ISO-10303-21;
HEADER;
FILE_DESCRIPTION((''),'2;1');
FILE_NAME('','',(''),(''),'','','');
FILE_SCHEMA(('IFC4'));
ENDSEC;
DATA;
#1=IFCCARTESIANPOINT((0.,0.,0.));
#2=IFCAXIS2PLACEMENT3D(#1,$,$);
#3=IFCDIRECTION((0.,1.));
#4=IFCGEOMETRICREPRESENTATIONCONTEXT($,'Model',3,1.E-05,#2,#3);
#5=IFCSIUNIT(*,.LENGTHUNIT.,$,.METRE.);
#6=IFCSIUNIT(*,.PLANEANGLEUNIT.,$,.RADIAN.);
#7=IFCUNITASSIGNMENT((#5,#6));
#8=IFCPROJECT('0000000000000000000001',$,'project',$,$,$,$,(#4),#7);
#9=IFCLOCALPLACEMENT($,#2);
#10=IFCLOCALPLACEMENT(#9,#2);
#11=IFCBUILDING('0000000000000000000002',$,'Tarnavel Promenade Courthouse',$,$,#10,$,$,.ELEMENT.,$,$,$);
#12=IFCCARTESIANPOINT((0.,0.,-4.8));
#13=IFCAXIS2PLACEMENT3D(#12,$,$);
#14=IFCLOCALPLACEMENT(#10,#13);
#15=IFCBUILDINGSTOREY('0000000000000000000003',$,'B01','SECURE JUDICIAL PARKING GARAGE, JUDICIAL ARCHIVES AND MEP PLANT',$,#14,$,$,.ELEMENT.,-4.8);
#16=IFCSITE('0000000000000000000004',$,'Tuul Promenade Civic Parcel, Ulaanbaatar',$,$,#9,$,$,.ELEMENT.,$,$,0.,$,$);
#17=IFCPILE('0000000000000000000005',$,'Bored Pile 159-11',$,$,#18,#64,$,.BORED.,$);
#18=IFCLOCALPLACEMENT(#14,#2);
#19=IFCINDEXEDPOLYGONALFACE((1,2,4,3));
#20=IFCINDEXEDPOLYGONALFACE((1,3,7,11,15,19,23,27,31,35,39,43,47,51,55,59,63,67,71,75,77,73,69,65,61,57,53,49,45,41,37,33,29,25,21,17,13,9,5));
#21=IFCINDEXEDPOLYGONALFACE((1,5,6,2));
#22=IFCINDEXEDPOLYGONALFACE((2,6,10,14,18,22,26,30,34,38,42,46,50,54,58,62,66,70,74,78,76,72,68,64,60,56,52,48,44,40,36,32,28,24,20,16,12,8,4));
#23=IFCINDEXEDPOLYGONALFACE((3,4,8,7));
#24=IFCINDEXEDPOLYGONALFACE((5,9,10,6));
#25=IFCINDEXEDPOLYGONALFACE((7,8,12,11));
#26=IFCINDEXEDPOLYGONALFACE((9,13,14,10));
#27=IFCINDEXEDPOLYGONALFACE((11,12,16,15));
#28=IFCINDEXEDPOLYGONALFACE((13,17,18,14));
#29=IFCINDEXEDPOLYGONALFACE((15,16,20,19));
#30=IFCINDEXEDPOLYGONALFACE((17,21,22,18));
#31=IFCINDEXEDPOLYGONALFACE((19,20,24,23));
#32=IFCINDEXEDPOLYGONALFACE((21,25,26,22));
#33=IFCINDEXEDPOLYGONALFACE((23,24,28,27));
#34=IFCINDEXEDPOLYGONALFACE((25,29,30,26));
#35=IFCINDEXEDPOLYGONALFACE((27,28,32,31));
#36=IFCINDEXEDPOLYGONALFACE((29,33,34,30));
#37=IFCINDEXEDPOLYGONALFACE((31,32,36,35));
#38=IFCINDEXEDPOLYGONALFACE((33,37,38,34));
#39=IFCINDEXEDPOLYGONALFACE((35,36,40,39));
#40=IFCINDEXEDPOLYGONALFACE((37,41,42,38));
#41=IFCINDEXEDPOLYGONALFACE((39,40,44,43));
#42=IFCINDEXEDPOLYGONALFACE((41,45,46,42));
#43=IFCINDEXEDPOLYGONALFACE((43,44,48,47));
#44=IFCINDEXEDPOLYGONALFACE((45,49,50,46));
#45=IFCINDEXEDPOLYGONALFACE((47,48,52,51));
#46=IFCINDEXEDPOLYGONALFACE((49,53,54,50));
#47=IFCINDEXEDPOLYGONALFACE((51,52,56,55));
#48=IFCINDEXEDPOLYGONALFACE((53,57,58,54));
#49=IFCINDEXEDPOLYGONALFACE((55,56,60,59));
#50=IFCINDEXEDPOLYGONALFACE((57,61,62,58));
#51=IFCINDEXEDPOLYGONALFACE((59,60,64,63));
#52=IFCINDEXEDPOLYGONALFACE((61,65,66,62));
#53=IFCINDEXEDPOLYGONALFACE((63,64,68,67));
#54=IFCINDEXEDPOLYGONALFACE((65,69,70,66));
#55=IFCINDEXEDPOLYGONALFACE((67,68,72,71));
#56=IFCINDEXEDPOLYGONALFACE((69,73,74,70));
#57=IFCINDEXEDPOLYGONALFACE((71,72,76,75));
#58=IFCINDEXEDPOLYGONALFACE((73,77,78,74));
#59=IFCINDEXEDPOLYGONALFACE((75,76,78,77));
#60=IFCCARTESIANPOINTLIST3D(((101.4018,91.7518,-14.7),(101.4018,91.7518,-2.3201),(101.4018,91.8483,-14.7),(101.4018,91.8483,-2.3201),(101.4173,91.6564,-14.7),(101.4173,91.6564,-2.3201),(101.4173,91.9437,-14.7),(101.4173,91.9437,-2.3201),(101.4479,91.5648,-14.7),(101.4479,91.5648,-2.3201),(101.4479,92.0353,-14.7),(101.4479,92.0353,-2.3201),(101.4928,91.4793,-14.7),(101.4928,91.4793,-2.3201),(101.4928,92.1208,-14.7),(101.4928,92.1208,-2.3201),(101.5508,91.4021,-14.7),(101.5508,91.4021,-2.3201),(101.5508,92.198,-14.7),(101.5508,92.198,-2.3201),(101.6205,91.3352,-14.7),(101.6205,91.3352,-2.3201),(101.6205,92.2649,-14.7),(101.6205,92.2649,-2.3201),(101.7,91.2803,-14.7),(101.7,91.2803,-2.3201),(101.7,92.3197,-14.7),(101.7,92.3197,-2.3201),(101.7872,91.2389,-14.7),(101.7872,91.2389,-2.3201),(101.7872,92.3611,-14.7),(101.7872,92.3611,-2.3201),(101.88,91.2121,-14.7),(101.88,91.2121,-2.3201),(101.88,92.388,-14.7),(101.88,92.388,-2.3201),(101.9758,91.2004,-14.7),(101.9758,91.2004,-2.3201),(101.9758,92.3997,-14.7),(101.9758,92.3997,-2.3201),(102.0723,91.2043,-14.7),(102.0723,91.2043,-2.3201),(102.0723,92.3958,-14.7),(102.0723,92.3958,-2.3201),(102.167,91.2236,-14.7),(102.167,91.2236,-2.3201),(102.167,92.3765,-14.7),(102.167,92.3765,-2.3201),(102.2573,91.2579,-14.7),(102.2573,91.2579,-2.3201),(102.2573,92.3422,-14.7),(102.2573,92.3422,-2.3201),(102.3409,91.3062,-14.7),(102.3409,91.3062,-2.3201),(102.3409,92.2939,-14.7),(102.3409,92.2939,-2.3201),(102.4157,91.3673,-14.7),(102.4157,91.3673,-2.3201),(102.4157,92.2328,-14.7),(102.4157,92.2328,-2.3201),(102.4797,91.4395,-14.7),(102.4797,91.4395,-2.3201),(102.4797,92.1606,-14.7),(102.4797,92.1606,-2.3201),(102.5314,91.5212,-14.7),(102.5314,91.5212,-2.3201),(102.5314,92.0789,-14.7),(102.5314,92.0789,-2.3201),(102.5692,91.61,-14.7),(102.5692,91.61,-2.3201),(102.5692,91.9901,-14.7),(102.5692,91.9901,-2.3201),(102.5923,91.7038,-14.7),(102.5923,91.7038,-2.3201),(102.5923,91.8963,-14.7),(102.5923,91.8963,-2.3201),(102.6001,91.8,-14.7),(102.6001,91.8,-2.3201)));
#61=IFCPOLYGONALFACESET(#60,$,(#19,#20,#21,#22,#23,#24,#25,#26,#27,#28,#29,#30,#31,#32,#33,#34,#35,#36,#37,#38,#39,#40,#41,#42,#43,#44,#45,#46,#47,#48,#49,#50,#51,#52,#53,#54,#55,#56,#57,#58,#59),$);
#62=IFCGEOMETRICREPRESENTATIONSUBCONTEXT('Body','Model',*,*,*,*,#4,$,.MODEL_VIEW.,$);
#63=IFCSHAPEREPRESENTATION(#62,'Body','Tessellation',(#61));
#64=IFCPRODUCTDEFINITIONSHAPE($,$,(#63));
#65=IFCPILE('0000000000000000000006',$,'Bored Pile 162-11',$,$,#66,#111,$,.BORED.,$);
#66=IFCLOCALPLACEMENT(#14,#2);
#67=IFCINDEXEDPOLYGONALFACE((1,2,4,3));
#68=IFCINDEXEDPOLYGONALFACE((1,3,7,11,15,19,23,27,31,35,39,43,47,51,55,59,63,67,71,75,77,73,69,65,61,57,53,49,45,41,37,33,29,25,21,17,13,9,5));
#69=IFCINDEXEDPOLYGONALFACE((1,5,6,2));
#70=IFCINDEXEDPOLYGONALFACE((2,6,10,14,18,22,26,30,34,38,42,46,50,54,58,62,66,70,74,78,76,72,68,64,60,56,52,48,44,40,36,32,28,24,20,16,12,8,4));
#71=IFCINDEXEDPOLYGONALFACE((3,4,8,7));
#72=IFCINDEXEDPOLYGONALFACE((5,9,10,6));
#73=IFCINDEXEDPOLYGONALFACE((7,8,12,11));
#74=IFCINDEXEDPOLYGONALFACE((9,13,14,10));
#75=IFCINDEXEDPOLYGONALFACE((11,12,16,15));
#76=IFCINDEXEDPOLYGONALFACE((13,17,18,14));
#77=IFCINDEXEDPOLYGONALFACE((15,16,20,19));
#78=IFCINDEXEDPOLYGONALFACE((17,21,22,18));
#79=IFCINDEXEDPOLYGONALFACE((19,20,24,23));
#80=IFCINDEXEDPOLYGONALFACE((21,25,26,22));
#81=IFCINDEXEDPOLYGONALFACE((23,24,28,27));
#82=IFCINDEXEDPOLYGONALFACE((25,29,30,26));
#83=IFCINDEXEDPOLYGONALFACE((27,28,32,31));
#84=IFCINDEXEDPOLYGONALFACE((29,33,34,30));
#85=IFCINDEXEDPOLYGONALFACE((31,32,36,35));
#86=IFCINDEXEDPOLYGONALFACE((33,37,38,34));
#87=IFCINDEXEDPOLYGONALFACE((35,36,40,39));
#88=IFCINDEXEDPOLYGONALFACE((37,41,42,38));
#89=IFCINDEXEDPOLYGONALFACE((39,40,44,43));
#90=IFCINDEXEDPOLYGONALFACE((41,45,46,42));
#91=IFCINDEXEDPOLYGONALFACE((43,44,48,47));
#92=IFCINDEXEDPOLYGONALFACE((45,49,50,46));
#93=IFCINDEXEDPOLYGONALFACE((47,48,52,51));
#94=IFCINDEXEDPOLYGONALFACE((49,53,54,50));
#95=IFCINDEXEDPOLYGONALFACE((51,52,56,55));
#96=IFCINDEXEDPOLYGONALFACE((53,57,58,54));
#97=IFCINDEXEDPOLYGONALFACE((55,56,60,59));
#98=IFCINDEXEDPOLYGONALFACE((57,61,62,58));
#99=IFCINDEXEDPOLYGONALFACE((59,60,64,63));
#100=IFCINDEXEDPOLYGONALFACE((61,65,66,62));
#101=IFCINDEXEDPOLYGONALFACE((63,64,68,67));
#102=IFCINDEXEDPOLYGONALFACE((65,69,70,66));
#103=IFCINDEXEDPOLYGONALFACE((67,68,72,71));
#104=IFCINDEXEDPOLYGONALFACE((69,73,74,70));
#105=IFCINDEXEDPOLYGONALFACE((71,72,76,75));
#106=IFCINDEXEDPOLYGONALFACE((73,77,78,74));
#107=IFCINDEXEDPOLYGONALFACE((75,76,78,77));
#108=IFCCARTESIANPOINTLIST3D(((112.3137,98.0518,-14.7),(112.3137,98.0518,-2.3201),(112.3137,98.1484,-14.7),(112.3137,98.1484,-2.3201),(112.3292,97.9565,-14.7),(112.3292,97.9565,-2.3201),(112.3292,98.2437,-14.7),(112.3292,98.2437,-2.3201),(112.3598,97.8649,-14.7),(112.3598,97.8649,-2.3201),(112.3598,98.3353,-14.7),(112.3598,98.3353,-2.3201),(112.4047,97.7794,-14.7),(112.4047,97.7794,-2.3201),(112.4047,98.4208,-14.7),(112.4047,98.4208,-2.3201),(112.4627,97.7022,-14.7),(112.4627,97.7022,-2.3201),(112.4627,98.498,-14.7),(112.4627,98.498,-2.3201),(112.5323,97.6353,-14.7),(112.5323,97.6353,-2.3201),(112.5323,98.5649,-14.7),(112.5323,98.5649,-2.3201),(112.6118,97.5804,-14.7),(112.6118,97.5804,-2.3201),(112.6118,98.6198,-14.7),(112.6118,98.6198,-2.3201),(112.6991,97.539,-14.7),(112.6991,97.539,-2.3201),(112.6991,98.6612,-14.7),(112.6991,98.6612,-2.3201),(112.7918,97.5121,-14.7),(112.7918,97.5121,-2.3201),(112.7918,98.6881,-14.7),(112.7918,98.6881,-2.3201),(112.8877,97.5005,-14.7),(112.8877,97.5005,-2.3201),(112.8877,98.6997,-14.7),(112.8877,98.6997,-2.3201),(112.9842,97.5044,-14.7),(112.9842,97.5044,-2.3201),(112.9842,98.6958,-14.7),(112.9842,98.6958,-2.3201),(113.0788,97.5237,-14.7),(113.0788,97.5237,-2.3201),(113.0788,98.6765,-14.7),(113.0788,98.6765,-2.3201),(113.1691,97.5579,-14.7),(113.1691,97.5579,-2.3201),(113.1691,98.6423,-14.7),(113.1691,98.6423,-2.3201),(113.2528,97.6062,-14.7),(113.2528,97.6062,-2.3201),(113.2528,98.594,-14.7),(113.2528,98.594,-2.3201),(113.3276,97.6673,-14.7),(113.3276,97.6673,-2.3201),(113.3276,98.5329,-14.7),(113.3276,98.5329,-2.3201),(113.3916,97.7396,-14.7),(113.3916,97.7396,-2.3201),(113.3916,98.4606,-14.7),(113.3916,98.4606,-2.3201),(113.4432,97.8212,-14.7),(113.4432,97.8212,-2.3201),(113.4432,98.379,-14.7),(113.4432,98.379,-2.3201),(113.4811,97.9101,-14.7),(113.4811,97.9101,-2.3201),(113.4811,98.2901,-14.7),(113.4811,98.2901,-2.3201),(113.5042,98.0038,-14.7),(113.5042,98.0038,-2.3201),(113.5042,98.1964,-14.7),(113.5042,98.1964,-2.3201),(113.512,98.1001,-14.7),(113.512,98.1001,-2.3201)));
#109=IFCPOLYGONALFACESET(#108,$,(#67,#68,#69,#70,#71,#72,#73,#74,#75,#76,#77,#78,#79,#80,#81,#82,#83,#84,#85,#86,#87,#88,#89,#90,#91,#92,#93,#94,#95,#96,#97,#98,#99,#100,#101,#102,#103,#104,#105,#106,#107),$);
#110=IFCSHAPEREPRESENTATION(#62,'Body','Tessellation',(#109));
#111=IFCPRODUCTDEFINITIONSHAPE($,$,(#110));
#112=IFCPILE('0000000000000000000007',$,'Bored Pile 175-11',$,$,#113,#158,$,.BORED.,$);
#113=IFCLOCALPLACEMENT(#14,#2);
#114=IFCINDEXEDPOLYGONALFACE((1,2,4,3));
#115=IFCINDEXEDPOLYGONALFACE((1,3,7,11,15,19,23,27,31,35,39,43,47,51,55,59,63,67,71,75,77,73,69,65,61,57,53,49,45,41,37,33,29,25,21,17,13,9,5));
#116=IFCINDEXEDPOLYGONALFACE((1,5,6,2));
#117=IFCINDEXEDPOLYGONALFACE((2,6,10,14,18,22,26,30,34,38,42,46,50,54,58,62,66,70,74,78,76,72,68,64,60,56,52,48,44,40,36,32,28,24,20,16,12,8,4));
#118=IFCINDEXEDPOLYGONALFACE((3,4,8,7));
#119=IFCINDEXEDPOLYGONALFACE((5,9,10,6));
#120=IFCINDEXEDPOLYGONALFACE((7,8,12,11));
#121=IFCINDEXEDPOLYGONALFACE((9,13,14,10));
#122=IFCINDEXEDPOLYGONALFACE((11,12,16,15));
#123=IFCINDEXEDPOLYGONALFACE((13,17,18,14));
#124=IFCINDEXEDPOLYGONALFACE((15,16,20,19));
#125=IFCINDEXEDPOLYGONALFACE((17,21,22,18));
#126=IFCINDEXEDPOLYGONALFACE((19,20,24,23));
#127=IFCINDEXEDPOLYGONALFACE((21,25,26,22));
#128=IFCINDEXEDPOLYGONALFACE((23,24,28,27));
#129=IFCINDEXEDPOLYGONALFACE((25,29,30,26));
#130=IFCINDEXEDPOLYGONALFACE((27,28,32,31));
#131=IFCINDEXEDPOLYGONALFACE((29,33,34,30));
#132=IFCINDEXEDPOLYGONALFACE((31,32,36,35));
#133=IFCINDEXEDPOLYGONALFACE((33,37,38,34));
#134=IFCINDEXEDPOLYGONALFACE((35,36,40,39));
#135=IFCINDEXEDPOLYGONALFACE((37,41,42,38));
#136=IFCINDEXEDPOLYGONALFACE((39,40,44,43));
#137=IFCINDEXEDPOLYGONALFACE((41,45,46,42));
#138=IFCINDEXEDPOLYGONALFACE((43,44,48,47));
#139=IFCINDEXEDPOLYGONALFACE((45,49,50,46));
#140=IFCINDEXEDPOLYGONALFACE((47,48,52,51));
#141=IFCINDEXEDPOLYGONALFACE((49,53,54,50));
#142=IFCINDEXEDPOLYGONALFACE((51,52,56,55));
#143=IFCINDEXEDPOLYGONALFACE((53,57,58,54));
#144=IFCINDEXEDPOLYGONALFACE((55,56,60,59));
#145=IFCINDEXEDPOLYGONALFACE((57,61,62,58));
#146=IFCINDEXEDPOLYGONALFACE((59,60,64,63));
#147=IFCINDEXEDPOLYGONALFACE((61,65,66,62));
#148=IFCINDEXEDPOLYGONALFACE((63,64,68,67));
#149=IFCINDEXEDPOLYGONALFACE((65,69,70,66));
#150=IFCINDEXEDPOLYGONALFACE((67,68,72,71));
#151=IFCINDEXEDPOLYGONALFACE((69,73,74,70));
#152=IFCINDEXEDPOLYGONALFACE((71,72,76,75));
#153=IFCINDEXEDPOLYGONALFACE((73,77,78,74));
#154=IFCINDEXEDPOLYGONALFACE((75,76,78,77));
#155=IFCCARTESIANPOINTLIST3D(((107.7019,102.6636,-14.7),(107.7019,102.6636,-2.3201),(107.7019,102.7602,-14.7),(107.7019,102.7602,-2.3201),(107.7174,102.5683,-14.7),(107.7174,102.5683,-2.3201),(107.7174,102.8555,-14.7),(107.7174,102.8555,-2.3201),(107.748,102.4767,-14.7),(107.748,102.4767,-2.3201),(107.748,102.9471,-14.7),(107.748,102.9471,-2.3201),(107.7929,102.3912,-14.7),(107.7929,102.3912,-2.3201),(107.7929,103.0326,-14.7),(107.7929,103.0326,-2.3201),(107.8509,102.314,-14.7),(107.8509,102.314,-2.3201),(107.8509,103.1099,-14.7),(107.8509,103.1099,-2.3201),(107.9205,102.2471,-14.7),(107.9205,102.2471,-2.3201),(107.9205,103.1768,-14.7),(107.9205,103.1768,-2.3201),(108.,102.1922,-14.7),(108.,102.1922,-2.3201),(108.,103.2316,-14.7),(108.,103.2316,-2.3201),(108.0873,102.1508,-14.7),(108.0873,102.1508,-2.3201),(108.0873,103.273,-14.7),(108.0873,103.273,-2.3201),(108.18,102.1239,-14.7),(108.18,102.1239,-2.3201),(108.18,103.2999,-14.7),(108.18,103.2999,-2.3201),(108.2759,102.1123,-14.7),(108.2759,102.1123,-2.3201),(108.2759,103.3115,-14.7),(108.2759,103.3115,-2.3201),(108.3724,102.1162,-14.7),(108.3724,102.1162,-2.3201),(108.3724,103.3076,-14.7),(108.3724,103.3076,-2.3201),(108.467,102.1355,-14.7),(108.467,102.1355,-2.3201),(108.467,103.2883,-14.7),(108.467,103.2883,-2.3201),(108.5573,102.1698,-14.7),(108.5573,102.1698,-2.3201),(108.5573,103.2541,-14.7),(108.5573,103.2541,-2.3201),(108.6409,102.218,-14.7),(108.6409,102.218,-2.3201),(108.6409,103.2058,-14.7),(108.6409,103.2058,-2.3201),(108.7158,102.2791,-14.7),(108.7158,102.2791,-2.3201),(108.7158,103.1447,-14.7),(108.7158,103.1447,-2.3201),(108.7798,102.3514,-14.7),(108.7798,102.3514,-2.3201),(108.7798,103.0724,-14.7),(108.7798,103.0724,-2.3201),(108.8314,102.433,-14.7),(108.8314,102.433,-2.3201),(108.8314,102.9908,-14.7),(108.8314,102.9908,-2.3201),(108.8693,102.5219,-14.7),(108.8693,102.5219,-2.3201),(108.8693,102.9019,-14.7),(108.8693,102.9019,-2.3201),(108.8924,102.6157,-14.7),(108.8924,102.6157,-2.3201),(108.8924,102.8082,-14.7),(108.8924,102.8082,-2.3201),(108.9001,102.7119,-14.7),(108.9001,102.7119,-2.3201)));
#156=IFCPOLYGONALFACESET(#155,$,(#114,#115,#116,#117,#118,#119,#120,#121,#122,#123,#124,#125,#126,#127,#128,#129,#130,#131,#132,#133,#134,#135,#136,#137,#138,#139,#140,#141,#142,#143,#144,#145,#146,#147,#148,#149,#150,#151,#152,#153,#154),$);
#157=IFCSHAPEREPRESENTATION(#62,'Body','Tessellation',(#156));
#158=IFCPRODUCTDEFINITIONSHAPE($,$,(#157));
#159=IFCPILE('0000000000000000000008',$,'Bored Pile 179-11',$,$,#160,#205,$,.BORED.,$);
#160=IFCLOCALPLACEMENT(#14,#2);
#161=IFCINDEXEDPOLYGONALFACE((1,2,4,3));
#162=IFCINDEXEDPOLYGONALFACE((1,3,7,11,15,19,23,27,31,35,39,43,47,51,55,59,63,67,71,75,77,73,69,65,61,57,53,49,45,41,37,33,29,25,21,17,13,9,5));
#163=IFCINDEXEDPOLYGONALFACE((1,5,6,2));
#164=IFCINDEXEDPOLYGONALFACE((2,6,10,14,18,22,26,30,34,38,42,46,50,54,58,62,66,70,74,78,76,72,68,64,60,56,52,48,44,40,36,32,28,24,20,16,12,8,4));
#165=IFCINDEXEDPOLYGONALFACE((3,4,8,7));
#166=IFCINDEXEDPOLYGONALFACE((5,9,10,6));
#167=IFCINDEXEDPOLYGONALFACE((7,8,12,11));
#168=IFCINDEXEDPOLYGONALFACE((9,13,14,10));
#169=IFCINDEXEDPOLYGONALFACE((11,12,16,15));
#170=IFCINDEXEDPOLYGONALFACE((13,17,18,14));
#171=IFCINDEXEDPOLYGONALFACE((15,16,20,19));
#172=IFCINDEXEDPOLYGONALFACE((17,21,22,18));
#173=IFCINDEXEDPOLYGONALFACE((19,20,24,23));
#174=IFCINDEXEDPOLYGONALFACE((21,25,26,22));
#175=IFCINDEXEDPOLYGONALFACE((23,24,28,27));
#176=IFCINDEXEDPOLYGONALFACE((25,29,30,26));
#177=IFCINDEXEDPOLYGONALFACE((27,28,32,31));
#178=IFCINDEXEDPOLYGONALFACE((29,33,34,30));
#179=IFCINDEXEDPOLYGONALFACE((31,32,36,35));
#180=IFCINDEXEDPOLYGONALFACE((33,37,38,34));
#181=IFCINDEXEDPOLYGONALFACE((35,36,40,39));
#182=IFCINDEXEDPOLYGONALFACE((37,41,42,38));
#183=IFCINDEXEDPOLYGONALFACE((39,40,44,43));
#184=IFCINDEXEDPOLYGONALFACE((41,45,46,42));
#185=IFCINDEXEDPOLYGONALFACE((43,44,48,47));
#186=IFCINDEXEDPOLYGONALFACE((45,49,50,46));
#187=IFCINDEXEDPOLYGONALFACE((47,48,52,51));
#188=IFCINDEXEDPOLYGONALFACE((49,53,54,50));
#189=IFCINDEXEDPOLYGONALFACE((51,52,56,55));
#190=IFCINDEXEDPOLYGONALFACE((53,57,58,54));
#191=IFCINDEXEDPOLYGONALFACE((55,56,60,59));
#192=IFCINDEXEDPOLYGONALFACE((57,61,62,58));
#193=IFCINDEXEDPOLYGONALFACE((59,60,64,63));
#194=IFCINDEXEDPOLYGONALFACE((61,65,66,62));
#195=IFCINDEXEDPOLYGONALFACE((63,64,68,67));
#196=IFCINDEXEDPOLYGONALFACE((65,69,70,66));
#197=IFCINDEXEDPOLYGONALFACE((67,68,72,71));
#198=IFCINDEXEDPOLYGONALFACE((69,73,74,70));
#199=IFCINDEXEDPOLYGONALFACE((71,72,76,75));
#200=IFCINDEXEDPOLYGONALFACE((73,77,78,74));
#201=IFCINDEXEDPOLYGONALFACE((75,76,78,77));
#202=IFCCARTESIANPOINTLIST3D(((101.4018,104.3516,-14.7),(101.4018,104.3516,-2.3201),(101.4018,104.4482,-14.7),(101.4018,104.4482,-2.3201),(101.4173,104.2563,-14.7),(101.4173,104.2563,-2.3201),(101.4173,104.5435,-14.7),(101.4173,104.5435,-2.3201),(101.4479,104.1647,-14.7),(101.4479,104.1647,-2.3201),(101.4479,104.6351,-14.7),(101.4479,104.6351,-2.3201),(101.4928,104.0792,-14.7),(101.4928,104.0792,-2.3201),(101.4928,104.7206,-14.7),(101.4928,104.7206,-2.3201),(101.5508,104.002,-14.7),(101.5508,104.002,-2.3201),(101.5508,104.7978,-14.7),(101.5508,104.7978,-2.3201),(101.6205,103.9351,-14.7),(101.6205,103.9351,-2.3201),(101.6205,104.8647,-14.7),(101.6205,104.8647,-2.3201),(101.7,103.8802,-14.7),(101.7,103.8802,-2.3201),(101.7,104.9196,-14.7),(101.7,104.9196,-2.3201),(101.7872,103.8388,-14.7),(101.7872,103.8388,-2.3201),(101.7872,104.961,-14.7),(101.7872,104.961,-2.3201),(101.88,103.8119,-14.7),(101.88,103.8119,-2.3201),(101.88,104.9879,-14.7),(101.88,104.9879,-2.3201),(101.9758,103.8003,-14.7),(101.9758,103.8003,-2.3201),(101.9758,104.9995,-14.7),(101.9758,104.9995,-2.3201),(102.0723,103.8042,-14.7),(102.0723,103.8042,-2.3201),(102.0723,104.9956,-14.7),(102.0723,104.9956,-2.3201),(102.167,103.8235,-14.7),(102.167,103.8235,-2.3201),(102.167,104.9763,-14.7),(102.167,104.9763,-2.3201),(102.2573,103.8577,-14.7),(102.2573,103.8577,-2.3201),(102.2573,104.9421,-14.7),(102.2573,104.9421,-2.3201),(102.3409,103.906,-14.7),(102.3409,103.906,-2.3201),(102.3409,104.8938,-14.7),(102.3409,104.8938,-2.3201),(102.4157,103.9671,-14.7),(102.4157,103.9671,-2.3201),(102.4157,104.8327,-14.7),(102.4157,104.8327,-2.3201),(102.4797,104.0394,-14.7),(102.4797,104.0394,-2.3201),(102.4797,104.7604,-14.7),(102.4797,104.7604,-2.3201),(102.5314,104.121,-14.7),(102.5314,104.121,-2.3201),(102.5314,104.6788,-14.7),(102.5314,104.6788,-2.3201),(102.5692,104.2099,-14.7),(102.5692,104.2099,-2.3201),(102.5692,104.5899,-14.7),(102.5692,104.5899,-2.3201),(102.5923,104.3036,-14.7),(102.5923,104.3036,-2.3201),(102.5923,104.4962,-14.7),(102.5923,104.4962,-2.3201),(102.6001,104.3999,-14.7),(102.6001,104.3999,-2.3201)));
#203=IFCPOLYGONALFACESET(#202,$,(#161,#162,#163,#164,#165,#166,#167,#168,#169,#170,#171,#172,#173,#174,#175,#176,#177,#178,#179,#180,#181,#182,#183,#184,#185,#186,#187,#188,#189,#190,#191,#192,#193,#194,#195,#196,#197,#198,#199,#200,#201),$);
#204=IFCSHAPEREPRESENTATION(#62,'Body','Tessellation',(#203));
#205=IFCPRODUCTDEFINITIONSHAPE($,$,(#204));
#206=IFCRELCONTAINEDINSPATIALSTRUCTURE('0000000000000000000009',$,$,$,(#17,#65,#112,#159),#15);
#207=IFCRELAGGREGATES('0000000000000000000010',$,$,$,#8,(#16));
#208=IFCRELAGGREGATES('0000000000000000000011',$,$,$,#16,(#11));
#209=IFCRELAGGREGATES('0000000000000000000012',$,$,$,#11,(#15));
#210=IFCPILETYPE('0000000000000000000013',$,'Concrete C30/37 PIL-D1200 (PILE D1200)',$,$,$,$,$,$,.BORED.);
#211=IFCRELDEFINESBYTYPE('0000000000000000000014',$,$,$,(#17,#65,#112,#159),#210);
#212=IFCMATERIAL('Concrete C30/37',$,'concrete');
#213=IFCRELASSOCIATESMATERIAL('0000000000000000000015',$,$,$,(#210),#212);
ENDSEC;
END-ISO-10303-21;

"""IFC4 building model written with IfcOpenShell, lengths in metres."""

from ifc_helpers import new_model, si_unit, direction, frame, origin, origin_2d, place, context, subcontext, project, spatial, circle, extrude, material, material_profile, profile_set, type_object, element, save


model = new_model("IFC4")

# Units and contexts
model_context = context("Model", 3, precision=1e-05, world=origin(), true_north=direction((0.0, 1.0)))
body_context = subcontext(model_context, "Body", "Model", "MODEL_VIEW")
ifc_project = project(units=[si_unit("LENGTHUNIT", "METRE"), si_unit("PLANEANGLEUNIT", "RADIAN")], contexts=[model_context])

# Site, building, storey
site_placement = place(None, origin())
site = spatial("IfcSite", under=ifc_project, at=site_placement, Name="Tuul Promenade Civic Parcel, Ulaanbaatar", CompositionType="ELEMENT", RefElevation=0.0)
building_placement = place(site_placement, origin())
building = spatial("IfcBuilding", under=site, at=building_placement, Name="Tarnavel Promenade Courthouse", CompositionType="ELEMENT")
storey_placement = place(building_placement, frame((0.0, 0.0, -4.8)))
storey = spatial("IfcBuildingStorey", under=building, at=storey_placement, Name="B01", Description="SECURE JUDICIAL PARKING GARAGE, JUDICIAL ARCHIVES AND MEP PLANT", CompositionType="ELEMENT", Elevation=-4.8)

# Piles
ifc_material_1 = material(Name="Concrete C30/37", Category="concrete")
ifc_material_profile_1 = material_profile(ifc_material_1, circle(Radius=0.6001, at=origin_2d()), Name="PILE D1200")
ifc_profile_set_1 = profile_set([ifc_material_profile_1], Name="Concrete C30/37")
pile_type_1 = type_object("IfcPileType", Name="Concrete C30/37 PIL-D1200 (PILE D1200)", PredefinedType="BORED", material=ifc_profile_set_1)
for number, where, z_axis, x_axis, name in (
    (1, (102.0, 91.8, -2.3201), (0.0, 0.0, -1.0), (1.0, 0.0, 0.0), "Bored Pile 159-11"),
    (2, (112.9119, 98.1001, -2.3201), (0.0, 0.0, -1.0), (1.0, 0.0, 0.0), "Bored Pile 162-11"),
    (3, (108.3, 102.7119, -2.3201), (0.0, 0.0, -1.0), (1.0, 0.0, 0.0), "Bored Pile 175-11"),
    (4, (102.0, 104.3999, -2.3201), (0.0, 0.0, -1.0), (1.0, 0.0, 0.0), "Bored Pile 179-11"),
):
    element("IfcPile", number, at=place(storey_placement, frame(where, z_axis=z_axis, x_axis=x_axis)), inside=storey, type_object=pile_type_1, Name=name, PredefinedType="BORED", context=body_context, shape_type="SweptSolid", body=[
        extrude(circle(Radius=0.6001, at=origin_2d()), origin(), (0.0, 0.0, 1.0), 12.3799),
    ])

save(model, "model.ifc")
